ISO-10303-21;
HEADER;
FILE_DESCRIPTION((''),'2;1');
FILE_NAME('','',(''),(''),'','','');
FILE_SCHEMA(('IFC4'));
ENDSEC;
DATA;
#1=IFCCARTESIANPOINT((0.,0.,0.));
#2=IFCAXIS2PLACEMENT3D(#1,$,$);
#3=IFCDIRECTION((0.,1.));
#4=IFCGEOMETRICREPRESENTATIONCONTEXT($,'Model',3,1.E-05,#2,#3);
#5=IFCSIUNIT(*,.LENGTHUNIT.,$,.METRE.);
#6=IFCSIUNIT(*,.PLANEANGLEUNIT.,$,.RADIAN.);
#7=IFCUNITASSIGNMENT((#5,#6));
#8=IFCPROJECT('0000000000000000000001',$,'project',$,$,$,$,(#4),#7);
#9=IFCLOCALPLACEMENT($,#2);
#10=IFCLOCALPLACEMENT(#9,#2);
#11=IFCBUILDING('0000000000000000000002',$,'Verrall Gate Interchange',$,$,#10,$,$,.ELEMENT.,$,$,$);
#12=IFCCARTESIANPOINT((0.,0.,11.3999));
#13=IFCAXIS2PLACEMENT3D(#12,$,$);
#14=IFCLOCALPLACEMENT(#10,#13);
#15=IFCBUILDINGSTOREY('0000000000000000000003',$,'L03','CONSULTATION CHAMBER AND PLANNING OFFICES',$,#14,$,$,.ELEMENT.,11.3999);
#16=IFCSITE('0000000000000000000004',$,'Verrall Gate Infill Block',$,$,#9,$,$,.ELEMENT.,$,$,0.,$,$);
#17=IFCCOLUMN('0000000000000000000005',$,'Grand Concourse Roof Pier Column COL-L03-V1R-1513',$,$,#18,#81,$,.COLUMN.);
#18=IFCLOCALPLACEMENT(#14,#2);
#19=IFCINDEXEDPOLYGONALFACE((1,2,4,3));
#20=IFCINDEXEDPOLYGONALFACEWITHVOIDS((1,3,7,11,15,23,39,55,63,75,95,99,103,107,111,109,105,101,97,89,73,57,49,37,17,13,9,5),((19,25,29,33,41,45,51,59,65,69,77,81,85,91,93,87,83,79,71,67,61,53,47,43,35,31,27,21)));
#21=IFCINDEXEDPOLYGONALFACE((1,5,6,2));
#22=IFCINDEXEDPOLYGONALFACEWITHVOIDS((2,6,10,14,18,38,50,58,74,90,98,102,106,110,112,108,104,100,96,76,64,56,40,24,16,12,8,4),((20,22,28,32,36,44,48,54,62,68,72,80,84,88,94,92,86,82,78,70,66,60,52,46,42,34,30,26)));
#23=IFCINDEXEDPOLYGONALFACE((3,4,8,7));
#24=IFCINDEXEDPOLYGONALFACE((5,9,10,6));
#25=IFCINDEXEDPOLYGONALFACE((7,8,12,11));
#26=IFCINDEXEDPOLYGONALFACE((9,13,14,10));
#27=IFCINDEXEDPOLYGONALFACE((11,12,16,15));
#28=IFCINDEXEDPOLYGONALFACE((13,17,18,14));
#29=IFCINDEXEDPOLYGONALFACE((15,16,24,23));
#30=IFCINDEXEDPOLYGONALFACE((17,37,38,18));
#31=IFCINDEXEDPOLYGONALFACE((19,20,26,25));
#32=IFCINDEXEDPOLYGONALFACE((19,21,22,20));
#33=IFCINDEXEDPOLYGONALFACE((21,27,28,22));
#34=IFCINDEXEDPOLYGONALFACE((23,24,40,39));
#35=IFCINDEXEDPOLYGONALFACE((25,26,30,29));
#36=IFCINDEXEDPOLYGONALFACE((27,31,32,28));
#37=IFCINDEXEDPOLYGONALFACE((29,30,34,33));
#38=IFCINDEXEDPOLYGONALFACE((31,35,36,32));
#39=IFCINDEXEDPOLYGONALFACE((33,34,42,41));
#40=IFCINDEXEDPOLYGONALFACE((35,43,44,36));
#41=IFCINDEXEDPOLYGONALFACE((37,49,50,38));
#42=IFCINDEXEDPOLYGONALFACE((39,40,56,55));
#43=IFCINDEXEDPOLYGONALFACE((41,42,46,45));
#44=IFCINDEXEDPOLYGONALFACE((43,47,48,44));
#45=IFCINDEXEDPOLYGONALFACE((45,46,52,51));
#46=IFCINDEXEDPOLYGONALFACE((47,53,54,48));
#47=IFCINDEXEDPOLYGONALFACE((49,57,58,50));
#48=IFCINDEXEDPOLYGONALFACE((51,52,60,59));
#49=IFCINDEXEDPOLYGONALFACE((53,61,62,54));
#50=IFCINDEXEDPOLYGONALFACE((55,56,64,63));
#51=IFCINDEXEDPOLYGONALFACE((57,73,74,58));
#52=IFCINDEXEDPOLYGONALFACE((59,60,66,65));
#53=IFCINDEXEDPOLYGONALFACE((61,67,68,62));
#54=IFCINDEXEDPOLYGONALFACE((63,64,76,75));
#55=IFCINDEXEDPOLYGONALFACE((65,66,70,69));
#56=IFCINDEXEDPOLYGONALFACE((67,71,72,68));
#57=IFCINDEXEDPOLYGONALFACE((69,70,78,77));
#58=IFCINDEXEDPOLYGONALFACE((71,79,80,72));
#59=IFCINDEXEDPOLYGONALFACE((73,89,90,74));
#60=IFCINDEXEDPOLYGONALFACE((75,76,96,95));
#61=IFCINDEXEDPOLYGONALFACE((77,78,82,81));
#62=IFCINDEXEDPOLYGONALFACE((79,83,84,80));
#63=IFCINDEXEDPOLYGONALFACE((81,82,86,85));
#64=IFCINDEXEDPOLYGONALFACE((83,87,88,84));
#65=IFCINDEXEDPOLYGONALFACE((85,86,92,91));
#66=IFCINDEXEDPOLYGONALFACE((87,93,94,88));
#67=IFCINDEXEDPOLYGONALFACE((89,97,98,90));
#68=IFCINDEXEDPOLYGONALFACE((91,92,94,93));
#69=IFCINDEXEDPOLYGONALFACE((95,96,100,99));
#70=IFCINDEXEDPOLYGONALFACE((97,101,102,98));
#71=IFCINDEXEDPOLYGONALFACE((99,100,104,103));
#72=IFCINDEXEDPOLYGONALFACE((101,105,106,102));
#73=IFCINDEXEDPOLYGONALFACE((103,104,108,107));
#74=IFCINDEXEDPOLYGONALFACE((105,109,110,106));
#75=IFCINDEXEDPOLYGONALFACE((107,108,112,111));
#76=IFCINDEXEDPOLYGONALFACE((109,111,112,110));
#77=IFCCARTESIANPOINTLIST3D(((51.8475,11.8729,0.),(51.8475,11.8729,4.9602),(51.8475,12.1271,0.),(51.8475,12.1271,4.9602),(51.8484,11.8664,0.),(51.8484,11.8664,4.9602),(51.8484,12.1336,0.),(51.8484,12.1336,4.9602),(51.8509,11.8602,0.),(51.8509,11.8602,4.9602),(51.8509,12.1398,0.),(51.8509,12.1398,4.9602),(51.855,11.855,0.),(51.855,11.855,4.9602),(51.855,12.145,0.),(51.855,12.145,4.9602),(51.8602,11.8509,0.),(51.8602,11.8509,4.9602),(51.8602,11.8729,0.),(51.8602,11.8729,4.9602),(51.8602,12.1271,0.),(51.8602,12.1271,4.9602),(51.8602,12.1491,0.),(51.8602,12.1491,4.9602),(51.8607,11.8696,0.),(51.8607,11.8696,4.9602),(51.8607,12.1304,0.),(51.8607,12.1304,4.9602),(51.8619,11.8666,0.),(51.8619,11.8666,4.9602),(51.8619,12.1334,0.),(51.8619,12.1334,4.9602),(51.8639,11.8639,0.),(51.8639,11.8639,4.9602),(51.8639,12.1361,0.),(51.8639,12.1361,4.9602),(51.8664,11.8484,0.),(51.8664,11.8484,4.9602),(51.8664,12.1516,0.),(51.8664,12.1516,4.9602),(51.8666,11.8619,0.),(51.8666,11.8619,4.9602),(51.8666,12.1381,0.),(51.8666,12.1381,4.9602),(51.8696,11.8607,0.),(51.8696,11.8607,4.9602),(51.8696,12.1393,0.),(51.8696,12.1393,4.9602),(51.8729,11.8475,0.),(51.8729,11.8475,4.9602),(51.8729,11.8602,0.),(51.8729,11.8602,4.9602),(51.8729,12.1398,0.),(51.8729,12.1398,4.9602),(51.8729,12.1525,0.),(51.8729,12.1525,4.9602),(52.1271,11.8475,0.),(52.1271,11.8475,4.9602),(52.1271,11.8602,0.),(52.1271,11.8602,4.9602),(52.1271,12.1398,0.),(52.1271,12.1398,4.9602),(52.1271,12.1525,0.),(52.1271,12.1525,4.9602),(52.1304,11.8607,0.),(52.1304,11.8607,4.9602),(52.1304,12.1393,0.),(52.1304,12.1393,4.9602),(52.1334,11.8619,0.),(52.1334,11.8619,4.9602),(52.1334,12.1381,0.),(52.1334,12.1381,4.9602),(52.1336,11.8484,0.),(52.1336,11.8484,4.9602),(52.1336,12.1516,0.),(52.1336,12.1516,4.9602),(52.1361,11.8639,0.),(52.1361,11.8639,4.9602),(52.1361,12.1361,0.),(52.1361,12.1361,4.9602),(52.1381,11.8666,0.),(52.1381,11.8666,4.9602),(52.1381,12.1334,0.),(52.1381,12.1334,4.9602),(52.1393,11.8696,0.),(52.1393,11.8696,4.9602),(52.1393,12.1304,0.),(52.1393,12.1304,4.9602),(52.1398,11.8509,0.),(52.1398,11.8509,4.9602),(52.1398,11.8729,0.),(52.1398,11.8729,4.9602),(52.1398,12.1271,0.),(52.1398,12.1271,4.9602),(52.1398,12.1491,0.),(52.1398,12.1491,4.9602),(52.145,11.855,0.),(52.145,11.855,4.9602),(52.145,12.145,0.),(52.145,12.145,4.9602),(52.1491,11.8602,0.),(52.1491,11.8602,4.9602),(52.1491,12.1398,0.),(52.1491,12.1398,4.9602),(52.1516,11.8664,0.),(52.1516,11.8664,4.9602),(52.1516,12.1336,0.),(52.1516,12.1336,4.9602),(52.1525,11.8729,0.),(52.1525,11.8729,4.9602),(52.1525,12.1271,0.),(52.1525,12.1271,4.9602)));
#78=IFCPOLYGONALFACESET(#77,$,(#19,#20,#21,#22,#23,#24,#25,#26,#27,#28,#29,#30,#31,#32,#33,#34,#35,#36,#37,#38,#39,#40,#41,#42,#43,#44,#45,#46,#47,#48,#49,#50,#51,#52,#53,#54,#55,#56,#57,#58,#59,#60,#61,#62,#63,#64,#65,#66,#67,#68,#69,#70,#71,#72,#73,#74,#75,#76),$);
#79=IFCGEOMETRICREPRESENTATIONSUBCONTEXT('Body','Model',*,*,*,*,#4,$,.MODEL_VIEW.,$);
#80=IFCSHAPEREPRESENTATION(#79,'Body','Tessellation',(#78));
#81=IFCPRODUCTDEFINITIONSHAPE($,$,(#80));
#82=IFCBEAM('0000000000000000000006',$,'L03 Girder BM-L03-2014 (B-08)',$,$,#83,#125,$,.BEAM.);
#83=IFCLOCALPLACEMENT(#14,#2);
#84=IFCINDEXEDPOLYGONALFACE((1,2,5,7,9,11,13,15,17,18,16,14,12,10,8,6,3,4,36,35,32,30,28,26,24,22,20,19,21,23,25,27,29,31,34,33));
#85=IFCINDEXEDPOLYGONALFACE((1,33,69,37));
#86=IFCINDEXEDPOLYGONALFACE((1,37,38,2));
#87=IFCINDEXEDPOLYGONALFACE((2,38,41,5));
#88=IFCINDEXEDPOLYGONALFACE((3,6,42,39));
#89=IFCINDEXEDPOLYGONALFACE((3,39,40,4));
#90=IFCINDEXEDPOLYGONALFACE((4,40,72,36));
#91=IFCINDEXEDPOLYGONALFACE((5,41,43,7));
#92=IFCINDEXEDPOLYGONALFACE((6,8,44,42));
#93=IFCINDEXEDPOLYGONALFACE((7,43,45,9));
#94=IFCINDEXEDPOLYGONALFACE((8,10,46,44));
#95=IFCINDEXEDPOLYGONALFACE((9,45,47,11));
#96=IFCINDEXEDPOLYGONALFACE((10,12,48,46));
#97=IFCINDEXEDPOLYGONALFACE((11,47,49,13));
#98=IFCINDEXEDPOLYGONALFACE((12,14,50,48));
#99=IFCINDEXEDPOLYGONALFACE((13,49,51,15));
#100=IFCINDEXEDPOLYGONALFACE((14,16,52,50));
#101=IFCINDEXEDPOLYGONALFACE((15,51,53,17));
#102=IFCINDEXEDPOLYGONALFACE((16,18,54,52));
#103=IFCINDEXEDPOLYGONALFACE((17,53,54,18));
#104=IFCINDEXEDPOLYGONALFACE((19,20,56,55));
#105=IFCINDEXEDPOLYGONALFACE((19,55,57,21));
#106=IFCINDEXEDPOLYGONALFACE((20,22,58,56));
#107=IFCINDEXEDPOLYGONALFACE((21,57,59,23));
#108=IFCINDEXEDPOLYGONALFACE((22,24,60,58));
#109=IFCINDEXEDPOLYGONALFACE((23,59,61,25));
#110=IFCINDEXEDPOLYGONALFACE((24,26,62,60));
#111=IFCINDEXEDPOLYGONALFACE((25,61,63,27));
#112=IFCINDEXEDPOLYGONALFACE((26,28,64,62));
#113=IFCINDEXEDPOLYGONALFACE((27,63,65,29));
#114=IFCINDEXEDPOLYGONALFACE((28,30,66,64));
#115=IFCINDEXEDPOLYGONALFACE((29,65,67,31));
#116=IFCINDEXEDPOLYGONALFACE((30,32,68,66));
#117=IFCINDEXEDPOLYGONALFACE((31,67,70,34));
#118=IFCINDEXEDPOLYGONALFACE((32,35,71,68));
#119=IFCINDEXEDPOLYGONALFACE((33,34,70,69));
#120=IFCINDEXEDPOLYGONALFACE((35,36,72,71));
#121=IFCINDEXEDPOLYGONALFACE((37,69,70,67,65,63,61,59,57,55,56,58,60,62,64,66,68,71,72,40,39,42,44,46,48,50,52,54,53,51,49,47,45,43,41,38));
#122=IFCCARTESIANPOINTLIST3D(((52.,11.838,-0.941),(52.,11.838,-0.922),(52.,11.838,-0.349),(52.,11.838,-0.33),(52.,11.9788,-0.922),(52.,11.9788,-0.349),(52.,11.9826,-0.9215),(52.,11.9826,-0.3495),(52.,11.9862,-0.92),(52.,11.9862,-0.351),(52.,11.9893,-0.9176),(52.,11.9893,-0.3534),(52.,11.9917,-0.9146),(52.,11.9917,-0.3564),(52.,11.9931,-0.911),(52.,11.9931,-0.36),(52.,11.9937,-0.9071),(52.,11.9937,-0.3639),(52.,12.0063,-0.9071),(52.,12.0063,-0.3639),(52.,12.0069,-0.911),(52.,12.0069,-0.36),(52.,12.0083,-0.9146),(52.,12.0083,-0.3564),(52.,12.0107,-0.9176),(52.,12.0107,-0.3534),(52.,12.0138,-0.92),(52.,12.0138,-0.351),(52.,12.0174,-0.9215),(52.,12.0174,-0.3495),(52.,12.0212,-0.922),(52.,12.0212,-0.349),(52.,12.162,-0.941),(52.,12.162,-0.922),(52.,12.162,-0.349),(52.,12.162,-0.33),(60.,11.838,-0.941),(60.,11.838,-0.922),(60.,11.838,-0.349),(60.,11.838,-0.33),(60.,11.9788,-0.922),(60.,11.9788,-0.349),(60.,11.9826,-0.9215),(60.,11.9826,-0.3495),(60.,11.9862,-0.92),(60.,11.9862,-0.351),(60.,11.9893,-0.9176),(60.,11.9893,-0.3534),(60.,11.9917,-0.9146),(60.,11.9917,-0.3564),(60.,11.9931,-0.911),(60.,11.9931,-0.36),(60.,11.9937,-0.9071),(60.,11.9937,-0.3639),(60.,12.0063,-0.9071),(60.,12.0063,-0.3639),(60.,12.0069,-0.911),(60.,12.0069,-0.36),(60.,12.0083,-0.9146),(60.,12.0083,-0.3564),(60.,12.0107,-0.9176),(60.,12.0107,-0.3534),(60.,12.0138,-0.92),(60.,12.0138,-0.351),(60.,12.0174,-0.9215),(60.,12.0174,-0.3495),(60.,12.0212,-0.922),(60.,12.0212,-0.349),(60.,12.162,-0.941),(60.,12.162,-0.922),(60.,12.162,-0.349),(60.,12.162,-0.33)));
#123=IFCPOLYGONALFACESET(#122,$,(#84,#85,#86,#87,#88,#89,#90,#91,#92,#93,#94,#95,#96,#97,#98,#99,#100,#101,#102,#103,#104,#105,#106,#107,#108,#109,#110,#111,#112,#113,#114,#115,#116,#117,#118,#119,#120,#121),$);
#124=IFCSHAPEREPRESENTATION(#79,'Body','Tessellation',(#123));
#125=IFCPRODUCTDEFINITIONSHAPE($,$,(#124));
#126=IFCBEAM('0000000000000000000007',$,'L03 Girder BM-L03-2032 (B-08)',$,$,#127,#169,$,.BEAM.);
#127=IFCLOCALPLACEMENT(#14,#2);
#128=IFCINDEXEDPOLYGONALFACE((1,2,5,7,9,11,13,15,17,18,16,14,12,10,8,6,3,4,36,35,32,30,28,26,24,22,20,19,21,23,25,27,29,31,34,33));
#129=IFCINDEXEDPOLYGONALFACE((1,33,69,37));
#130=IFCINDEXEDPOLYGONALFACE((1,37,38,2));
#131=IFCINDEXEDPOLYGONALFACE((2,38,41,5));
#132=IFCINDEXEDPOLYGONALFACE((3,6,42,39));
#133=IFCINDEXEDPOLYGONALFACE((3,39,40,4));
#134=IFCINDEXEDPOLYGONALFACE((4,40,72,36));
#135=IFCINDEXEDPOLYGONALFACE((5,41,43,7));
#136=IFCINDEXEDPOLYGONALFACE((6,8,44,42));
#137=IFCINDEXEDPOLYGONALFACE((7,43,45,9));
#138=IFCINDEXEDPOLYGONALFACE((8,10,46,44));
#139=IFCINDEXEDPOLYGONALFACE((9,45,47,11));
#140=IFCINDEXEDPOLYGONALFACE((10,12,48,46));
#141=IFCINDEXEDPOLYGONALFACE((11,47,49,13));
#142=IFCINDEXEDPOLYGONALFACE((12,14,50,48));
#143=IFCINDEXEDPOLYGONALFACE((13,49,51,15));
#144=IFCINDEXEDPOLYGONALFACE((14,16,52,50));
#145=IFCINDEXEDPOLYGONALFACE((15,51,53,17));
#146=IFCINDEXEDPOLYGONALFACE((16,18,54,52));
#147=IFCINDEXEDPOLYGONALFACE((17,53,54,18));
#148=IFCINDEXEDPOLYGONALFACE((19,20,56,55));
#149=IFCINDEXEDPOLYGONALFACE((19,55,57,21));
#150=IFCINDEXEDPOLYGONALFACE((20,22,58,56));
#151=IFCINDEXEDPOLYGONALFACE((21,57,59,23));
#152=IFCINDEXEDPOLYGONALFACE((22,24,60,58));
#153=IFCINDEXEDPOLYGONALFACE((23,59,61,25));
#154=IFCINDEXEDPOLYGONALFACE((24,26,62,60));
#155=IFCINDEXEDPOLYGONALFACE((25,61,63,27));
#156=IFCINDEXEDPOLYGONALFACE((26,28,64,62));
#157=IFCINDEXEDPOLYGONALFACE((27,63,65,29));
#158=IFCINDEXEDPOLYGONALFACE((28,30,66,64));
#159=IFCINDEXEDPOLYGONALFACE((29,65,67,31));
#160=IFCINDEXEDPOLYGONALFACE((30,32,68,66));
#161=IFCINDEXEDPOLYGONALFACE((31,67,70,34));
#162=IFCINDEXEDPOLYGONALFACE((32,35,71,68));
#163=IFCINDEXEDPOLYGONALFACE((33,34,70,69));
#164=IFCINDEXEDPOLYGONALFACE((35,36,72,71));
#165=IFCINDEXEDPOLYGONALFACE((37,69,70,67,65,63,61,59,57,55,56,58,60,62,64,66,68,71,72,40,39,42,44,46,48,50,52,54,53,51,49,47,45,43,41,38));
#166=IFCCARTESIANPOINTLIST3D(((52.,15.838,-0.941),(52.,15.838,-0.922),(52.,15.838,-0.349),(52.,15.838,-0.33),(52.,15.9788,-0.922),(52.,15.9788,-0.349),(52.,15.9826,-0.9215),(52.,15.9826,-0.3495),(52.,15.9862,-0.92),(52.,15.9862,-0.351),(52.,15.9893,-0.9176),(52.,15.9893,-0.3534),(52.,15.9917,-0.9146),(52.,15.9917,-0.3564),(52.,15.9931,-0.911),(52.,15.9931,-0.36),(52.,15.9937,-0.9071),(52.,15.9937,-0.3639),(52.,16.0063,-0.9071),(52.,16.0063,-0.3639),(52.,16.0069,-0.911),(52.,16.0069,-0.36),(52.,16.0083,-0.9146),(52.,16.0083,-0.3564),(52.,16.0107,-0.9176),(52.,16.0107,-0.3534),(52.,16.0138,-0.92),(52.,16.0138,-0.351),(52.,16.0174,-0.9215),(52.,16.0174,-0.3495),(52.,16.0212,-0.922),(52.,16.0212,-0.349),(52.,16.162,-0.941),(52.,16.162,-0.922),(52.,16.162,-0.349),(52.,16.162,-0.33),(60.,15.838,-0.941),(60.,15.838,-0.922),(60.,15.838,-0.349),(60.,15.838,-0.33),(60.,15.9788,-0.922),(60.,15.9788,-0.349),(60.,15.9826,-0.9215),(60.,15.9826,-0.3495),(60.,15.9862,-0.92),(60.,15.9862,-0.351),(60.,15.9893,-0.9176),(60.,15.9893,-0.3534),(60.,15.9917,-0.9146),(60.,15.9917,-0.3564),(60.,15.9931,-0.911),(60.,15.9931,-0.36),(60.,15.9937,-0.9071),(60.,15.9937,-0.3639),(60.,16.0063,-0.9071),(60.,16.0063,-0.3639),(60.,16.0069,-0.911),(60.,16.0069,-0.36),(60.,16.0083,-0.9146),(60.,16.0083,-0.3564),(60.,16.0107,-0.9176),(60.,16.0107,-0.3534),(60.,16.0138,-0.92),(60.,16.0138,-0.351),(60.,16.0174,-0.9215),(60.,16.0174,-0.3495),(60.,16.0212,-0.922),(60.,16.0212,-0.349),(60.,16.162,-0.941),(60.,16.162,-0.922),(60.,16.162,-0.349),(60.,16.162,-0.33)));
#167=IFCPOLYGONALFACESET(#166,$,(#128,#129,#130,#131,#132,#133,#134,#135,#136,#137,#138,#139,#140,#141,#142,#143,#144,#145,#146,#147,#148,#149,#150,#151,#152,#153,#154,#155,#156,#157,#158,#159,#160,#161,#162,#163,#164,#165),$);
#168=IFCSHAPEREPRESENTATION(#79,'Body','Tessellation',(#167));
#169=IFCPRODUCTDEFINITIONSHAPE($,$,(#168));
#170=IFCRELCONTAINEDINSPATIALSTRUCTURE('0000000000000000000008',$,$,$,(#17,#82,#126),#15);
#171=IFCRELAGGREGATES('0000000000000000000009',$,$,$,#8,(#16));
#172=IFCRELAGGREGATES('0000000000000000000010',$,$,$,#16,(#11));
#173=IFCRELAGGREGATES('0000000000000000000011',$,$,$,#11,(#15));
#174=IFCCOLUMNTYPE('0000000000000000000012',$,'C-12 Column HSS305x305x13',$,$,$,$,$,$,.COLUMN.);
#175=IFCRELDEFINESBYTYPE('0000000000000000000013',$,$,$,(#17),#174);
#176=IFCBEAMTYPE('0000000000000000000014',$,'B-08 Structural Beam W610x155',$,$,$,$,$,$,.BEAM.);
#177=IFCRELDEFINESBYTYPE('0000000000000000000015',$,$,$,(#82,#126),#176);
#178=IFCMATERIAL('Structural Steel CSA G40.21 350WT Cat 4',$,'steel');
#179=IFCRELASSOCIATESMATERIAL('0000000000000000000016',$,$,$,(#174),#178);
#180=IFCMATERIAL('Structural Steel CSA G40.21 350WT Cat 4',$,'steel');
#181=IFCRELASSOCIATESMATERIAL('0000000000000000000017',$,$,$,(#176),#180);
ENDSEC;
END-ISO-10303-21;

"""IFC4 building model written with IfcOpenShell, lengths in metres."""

from ifc_helpers import new_model, si_unit, direction, frame, origin, origin_2d, place, context, subcontext, project, spatial, hollow_rectangle, i_section, extrude, material, material_profile, profile_set, type_object, element, save


model = new_model("IFC4")

# Units and contexts
model_context = context("Model", 3, precision=1e-05, world=origin(), true_north=direction((0.0, 1.0)))
body_context = subcontext(model_context, "Body", "Model", "MODEL_VIEW")
ifc_project = project(units=[si_unit("LENGTHUNIT", "METRE"), si_unit("PLANEANGLEUNIT", "RADIAN")], contexts=[model_context])

# Site, building, storey
site_placement = place(None, origin())
site = spatial("IfcSite", under=ifc_project, at=site_placement, Name="Verrall Gate Infill Block", CompositionType="ELEMENT", RefElevation=0.0)
building_placement = place(site_placement, origin())
building = spatial("IfcBuilding", under=site, at=building_placement, Name="Verrall Gate Interchange", CompositionType="ELEMENT")
storey_placement = place(building_placement, frame((0.0, 0.0, 11.3999)))
storey = spatial("IfcBuildingStorey", under=building, at=storey_placement, Name="L03", Description="CONSULTATION CHAMBER AND PLANNING OFFICES", CompositionType="ELEMENT", Elevation=11.3999)

# Column
ifc_material_1 = material(Name="Structural Steel CSA G40.21 350WT Cat 4", Category="steel")
ifc_material_profile_1 = material_profile(ifc_material_1, hollow_rectangle(XDim=0.3049, YDim=0.3049, WallThickness=0.0127, InnerFilletRadius=0.0127, OuterFilletRadius=0.0254, at=origin_2d()), Name="HSS305x305x13")
ifc_profile_set_1 = profile_set([ifc_material_profile_1], Name="Structural Steel CSA G40.21 350WT Cat 4")
column_type = type_object("IfcColumnType", Name="C-12 Column HSS305x305x13", PredefinedType="COLUMN", material=ifc_profile_set_1)
column_placement = place(storey_placement, frame((52.0, 12.0, 0.0), z_axis=(0.0, 0.0, 1.0), x_axis=(1.0, 0.0, 0.0)))
element("IfcColumn", 1, at=column_placement, inside=storey, type_object=column_type, Name="Grand Concourse Roof Pier Column COL-L03-V1R-1513", PredefinedType="COLUMN", context=body_context, shape_type="SweptSolid", body=[
    extrude(hollow_rectangle(XDim=0.3049, YDim=0.3049, WallThickness=0.0127, InnerFilletRadius=0.0127, OuterFilletRadius=0.0254, at=origin_2d()), origin(), (0.0, 0.0, 1.0), 4.9602),
])

# Beams
ifc_material_2 = material(Name="Structural Steel CSA G40.21 350WT Cat 4", Category="steel")
ifc_material_profile_2 = material_profile(ifc_material_2, i_section(OverallWidth=0.324, OverallDepth=0.6111, WebThickness=0.0127, FlangeThickness=0.019, FilletRadius=0.0149, at=origin_2d()), Name="W610x155")
ifc_profile_set_2 = profile_set([ifc_material_profile_2], Name="Structural Steel CSA G40.21 350WT Cat 4")
beam_type_1 = type_object("IfcBeamType", Name="B-08 Structural Beam W610x155", PredefinedType="BEAM", material=ifc_profile_set_2)
for number, where, z_axis, x_axis, name in (
    (2, (52.0, 12.0, -0.6355), (1.0, 0.0, 0.0), (0.0, 1.0, 0.0), "L03 Girder BM-L03-2014 (B-08)"),
    (3, (52.0, 16.0, -0.6355), (1.0, 0.0, 0.0), (0.0, 1.0, 0.0), "L03 Girder BM-L03-2032 (B-08)"),
):
    element("IfcBeam", number, at=place(storey_placement, frame(where, z_axis=z_axis, x_axis=x_axis)), inside=storey, type_object=beam_type_1, Name=name, PredefinedType="BEAM", context=body_context, shape_type="SweptSolid", body=[
        extrude(i_section(OverallWidth=0.324, OverallDepth=0.6111, WebThickness=0.0127, FlangeThickness=0.019, FilletRadius=0.0149, at=origin_2d()), origin(), (0.0, 0.0, 1.0), 8.0),
    ])

save(model, "model.ifc")
